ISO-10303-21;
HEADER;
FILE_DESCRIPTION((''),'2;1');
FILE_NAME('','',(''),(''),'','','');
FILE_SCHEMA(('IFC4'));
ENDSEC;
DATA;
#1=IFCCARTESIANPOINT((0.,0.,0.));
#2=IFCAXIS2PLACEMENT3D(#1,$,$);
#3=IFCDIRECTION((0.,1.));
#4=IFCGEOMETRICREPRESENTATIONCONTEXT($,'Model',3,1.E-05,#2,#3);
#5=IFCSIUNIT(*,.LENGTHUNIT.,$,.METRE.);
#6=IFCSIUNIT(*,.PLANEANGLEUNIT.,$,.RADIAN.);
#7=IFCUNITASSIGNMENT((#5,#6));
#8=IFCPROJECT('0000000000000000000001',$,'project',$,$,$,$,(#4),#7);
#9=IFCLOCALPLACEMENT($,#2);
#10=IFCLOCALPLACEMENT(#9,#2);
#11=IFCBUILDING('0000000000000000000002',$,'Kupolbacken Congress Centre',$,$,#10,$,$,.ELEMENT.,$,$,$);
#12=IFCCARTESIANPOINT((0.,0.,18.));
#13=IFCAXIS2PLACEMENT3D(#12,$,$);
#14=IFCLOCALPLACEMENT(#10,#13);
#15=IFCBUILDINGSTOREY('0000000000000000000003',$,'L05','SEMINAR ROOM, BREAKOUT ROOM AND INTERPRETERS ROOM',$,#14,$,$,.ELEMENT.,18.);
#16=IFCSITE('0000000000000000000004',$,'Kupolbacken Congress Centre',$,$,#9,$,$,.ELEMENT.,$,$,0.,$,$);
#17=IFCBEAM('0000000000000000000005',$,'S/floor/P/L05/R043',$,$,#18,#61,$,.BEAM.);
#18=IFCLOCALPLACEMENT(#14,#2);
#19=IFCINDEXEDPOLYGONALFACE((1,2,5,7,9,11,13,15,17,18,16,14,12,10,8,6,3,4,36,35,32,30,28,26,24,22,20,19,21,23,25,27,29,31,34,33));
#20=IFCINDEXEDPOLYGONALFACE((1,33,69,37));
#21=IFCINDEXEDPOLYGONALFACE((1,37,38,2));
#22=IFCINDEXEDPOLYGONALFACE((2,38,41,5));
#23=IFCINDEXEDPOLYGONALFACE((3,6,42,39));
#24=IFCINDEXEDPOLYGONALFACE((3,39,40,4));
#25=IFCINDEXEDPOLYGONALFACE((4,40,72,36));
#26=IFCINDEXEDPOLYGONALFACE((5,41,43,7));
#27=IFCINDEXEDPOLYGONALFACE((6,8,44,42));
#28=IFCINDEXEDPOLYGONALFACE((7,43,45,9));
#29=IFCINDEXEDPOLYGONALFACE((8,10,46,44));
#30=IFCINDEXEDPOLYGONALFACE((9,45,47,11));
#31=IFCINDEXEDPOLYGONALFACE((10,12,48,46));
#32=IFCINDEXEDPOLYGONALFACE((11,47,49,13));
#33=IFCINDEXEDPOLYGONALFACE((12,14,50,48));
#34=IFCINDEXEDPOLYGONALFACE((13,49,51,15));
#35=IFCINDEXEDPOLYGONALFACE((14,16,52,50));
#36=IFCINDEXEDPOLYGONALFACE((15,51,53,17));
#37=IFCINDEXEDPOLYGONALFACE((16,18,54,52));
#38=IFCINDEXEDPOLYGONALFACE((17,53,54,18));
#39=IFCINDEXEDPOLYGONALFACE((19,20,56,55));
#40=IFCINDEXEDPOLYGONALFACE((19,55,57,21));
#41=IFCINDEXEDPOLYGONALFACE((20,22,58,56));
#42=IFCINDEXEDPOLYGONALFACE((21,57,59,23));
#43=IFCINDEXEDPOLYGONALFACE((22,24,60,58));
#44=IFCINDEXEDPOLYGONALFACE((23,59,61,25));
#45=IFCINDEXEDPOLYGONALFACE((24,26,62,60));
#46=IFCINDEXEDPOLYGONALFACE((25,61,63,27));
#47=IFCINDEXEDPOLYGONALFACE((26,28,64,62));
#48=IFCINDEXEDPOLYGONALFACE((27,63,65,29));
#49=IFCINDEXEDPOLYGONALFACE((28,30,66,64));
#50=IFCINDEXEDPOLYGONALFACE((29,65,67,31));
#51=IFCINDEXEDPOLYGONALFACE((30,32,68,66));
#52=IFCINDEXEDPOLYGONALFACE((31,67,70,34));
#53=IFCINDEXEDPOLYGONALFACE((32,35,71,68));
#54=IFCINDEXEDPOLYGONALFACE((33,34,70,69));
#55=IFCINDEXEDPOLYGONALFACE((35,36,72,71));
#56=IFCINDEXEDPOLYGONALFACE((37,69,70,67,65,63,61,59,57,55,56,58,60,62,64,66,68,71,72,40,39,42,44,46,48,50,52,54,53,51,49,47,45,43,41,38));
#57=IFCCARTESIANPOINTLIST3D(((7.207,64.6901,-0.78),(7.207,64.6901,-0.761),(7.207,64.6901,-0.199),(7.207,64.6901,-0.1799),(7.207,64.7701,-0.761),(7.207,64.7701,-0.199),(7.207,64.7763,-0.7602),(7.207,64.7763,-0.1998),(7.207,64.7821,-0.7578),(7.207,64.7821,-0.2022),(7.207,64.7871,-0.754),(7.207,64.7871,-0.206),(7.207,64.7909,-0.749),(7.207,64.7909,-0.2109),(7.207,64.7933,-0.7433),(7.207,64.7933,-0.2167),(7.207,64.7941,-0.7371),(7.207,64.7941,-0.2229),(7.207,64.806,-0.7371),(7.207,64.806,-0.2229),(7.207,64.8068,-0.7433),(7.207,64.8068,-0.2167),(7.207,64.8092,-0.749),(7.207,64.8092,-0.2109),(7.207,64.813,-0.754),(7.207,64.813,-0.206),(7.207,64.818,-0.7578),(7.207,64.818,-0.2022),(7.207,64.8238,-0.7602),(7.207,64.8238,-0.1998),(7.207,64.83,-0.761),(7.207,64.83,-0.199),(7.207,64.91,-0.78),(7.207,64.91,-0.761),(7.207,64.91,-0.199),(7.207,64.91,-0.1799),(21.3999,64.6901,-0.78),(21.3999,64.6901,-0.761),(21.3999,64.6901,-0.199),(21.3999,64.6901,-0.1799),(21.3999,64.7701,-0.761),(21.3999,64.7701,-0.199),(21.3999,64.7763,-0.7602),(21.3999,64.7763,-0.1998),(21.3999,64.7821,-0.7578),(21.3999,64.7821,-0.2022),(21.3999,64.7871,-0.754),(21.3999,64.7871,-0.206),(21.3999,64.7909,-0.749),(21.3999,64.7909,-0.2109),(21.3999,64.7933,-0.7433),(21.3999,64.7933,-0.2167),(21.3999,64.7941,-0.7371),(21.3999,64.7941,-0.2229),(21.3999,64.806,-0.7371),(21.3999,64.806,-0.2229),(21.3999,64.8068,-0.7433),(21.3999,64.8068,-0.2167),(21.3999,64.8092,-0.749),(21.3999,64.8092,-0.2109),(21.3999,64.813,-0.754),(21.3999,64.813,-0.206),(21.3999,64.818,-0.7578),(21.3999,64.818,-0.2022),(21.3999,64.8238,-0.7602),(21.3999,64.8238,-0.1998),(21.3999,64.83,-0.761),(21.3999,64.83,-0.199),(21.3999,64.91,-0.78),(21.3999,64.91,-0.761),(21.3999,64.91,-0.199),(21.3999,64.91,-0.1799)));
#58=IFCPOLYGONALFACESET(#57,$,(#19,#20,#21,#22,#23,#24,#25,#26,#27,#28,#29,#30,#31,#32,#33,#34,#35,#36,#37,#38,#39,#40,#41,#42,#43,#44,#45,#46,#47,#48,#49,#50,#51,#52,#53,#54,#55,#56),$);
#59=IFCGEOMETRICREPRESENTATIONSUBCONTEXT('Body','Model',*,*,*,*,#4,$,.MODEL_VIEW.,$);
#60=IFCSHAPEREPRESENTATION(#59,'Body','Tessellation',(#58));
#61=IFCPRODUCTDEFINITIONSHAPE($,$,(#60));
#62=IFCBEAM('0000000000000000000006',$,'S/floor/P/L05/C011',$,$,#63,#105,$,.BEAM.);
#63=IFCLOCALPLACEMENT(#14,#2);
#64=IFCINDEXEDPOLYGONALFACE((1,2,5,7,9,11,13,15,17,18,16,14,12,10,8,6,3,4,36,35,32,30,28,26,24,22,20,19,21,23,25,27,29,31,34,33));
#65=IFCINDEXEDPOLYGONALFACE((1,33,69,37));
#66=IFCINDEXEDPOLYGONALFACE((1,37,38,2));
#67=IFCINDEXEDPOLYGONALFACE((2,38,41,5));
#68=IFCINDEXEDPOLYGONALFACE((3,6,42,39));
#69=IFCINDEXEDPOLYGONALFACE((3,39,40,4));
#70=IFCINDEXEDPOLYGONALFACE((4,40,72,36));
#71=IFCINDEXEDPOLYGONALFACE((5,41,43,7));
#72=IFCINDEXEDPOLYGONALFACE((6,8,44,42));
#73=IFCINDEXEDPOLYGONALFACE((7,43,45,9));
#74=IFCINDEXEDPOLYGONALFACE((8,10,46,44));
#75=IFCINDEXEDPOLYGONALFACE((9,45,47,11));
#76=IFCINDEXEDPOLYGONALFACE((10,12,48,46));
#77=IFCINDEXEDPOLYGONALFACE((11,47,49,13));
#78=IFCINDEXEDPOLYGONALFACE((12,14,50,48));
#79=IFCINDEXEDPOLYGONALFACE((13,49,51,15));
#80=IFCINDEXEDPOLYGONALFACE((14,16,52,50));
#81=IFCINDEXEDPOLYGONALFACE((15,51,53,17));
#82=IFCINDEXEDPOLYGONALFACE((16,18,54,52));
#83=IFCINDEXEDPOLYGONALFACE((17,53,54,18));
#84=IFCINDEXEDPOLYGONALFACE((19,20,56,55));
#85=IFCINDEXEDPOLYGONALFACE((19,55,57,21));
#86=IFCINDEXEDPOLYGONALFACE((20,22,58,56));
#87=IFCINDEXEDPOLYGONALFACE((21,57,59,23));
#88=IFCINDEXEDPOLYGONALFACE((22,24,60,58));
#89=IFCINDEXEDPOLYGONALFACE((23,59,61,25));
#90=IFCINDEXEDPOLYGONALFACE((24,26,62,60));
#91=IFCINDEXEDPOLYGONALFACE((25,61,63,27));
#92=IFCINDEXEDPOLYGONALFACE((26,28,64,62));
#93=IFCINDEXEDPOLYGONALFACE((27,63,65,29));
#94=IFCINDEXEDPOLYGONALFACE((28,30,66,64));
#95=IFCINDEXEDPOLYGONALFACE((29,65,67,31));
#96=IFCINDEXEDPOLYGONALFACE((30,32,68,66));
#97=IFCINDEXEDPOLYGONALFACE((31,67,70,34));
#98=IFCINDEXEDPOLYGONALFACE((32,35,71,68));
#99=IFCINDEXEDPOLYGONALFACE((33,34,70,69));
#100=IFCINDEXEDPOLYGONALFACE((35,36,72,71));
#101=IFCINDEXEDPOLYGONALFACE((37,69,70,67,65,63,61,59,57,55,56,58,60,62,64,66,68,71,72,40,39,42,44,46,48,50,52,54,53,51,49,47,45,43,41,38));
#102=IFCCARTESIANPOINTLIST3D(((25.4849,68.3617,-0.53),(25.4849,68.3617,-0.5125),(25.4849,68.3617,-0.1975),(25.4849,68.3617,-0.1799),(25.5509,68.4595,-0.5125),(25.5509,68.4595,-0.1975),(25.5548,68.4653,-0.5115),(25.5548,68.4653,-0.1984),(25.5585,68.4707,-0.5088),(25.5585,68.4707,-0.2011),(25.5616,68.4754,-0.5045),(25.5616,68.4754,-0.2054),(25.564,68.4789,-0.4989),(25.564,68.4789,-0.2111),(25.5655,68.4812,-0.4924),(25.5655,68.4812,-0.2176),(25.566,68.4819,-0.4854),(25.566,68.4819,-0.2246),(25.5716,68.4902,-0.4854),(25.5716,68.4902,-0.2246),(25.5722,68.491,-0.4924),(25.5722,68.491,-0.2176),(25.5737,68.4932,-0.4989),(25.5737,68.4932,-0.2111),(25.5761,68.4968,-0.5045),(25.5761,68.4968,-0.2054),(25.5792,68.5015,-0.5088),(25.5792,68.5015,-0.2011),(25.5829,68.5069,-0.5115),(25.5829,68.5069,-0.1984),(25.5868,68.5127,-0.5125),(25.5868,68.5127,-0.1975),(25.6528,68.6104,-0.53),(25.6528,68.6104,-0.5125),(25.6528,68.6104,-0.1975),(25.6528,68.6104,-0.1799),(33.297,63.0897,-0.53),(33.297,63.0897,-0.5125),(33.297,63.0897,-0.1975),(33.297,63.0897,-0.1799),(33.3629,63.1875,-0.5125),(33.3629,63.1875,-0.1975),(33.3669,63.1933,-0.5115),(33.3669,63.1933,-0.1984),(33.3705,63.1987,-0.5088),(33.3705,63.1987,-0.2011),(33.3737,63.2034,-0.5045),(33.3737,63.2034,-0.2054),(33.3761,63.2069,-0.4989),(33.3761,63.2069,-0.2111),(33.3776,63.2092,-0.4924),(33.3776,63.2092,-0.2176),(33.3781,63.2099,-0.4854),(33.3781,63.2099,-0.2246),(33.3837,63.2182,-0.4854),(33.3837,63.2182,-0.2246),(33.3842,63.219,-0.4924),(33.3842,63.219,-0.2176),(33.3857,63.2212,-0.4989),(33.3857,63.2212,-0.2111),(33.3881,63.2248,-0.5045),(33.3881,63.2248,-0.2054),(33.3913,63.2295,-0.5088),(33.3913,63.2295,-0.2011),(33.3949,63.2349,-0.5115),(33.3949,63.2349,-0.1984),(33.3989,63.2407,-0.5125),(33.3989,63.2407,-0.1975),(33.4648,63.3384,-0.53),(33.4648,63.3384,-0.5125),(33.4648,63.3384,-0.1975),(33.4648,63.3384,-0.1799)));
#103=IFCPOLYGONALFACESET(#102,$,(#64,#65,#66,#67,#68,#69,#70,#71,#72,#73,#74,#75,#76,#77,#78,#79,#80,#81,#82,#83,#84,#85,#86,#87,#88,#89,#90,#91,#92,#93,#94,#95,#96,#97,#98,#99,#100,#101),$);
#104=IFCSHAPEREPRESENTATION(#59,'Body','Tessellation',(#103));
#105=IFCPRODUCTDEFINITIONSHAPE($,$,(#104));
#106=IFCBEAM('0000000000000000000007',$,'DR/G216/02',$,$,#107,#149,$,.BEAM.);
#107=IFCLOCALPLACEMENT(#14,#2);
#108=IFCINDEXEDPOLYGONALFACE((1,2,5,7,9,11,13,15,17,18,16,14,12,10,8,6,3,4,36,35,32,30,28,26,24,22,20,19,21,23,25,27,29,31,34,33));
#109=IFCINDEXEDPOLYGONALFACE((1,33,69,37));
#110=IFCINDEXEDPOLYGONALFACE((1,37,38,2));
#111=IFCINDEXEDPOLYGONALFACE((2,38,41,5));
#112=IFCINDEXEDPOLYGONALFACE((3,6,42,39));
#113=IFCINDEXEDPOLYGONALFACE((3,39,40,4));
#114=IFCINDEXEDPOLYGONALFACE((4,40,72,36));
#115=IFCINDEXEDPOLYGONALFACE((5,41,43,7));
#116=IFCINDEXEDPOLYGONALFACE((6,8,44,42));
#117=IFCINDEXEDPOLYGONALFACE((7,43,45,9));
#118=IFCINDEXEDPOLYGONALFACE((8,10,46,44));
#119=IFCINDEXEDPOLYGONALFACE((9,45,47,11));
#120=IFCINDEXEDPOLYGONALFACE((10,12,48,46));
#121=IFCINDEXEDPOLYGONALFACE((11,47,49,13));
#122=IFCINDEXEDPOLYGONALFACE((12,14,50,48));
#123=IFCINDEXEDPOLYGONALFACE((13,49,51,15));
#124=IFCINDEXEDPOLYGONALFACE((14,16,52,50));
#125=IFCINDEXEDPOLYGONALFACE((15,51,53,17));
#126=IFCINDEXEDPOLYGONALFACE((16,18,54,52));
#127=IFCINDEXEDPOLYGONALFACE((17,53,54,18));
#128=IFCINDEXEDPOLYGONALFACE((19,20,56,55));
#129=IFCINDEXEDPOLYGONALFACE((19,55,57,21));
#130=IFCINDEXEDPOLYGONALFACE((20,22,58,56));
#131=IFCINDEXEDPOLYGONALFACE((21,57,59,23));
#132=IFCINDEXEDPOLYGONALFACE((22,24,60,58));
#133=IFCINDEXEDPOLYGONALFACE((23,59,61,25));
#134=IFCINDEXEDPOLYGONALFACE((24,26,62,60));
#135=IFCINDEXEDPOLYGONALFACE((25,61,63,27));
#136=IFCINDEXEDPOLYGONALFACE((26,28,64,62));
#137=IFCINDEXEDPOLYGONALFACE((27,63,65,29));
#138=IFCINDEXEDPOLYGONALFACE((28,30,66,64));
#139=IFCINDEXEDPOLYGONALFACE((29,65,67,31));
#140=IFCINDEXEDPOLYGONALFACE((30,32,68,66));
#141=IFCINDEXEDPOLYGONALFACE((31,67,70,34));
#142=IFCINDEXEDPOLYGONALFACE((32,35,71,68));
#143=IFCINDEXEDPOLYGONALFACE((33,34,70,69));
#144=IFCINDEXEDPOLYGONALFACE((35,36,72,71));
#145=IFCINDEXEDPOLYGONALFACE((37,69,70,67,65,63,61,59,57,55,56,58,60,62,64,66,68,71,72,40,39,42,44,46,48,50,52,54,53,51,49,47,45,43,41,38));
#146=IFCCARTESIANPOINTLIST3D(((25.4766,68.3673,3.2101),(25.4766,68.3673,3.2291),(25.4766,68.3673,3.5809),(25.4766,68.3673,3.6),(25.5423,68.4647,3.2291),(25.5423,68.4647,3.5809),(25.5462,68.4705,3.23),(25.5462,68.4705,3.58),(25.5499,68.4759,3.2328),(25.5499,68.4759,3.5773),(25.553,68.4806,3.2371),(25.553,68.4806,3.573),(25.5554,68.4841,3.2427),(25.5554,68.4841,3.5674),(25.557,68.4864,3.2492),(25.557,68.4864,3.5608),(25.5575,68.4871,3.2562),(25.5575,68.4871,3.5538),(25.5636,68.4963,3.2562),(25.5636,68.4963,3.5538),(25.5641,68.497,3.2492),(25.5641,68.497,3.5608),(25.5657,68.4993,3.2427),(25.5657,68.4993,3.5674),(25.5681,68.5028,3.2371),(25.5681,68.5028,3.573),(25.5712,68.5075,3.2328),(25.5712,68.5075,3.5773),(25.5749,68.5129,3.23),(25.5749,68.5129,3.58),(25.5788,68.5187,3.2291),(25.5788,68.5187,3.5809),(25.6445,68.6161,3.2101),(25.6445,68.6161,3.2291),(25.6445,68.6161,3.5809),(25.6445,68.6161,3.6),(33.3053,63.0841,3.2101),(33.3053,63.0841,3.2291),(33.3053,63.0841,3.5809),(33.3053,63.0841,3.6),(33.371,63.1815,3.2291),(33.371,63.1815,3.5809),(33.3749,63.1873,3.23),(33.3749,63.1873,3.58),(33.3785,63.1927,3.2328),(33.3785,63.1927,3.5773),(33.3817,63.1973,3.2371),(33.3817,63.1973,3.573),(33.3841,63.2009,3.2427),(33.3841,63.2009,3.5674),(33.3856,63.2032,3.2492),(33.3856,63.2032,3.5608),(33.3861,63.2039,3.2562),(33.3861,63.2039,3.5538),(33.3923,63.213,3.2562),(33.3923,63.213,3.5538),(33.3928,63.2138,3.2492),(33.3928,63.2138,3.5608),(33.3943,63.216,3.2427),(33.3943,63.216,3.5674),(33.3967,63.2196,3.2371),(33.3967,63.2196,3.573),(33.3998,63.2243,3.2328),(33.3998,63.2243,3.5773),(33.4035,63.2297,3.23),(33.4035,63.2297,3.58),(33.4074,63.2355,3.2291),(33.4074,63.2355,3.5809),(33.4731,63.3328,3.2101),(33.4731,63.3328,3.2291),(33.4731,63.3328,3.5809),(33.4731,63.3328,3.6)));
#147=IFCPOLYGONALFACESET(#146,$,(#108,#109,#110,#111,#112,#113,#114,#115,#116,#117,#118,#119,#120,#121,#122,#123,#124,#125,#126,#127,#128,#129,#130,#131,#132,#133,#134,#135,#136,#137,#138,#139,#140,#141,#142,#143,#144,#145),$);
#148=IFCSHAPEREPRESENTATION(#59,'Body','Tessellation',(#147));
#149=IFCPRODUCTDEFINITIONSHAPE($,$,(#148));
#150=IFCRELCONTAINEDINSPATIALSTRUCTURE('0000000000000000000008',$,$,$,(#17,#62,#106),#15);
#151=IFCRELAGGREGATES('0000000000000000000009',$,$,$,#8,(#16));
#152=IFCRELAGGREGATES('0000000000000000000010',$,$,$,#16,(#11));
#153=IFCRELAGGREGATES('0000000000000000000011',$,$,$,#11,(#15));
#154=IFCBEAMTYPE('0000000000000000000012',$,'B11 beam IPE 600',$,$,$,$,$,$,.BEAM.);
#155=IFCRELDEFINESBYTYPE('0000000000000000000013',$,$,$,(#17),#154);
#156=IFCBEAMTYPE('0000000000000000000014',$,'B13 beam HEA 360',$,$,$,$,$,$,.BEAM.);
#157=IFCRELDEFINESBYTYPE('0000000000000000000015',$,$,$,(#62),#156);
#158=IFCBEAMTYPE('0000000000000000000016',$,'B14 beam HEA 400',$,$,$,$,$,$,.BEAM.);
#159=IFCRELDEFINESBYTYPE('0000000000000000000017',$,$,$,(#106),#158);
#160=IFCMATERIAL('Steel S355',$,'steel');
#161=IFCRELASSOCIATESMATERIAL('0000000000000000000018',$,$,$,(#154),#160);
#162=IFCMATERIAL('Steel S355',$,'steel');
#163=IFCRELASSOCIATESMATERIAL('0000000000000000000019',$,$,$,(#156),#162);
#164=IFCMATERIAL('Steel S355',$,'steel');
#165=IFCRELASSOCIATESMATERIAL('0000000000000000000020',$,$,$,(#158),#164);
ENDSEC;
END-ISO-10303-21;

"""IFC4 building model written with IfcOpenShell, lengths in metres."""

from ifc_helpers import new_model, si_unit, direction, frame, origin, origin_2d, place, context, subcontext, project, spatial, i_section, extrude, material, material_profile, profile_set, type_object, element, save


model = new_model("IFC4")

# Units and contexts
model_context = context("Model", 3, precision=1e-05, world=origin(), true_north=direction((0.0, 1.0)))
body_context = subcontext(model_context, "Body", "Model", "MODEL_VIEW")
ifc_project = project(units=[si_unit("LENGTHUNIT", "METRE"), si_unit("PLANEANGLEUNIT", "RADIAN")], contexts=[model_context])

# Site, building, storey
site_placement = place(None, origin())
site = spatial("IfcSite", under=ifc_project, at=site_placement, Name="Kupolbacken Congress Centre", CompositionType="ELEMENT", RefElevation=0.0)
building_placement = place(site_placement, origin())
building = spatial("IfcBuilding", under=site, at=building_placement, Name="Kupolbacken Congress Centre", CompositionType="ELEMENT")
storey_placement = place(building_placement, frame((0.0, 0.0, 18.0)))
storey = spatial("IfcBuildingStorey", under=building, at=storey_placement, Name="L05", Description="SEMINAR ROOM, BREAKOUT ROOM AND INTERPRETERS ROOM", CompositionType="ELEMENT", Elevation=18.0)

# Beams
ifc_material_1 = material(Name="Steel S355", Category="steel")
ifc_material_profile_1 = material_profile(ifc_material_1, i_section(OverallWidth=0.22, OverallDepth=0.6001, WebThickness=0.012, FlangeThickness=0.019, FilletRadius=0.0239, at=origin_2d()), Name="IPE 600")
ifc_profile_set_1 = profile_set([ifc_material_profile_1], Name="Steel S355")
beam_type_1 = type_object("IfcBeamType", Name="B11 beam IPE 600", PredefinedType="BEAM", material=ifc_profile_set_1)
beam_1_placement = place(storey_placement, frame((7.207, 64.8, -0.48), z_axis=(1.0, 0.0, 0.0), x_axis=(0.0, 1.0, 0.0)))
element("IfcBeam", 1, at=beam_1_placement, inside=storey, type_object=beam_type_1, Name="S/floor/P/L05/R043", PredefinedType="BEAM", context=body_context, shape_type="SweptSolid", body=[
    extrude(i_section(OverallWidth=0.22, OverallDepth=0.6001, WebThickness=0.012, FlangeThickness=0.019, FilletRadius=0.0239, at=origin_2d()), origin(), (0.0, 0.0, 1.0), 14.1929),
])
ifc_material_2 = material(Name="Steel S355", Category="steel")
ifc_material_profile_2 = material_profile(ifc_material_2, i_section(OverallWidth=0.3, OverallDepth=0.3501, WebThickness=0.01, FlangeThickness=0.0176, FilletRadius=0.0271, at=origin_2d()), Name="HEA 360")
ifc_profile_set_2 = profile_set([ifc_material_profile_2], Name="Steel S355")
beam_type_2 = type_object("IfcBeamType", Name="B13 beam HEA 360", PredefinedType="BEAM", material=ifc_profile_set_2)
beam_2_placement = place(storey_placement, frame((25.5688, 68.4861, -0.355), z_axis=(0.828905, -0.55939, 0.0), x_axis=(0.55939, 0.828905, 0.0)))
element("IfcBeam", 2, at=beam_2_placement, inside=storey, type_object=beam_type_2, Name="S/floor/P/L05/C011", PredefinedType="BEAM", context=body_context, shape_type="SweptSolid", body=[
    extrude(i_section(OverallWidth=0.3, OverallDepth=0.3501, WebThickness=0.01, FlangeThickness=0.0176, FilletRadius=0.0271, at=origin_2d()), origin(), (0.0, 0.0, 1.0), 9.4246),
])
ifc_material_3 = material(Name="Steel S355", Category="steel")
ifc_material_profile_3 = material_profile(ifc_material_3, i_section(OverallWidth=0.3, OverallDepth=0.3899, WebThickness=0.011, FlangeThickness=0.019, FilletRadius=0.0271, at=origin_2d()), Name="HEA 400")
ifc_profile_set_3 = profile_set([ifc_material_profile_3], Name="Steel S355")
beam_type_3 = type_object("IfcBeamType", Name="B14 beam HEA 400", PredefinedType="BEAM", material=ifc_profile_set_3)
beam_3_placement = place(storey_placement, frame((25.5605, 68.4917, 3.405), z_axis=(0.828903, -0.559392, 0.0), x_axis=(0.559392, 0.828903, 0.0)))
element("IfcBeam", 3, at=beam_3_placement, inside=storey, type_object=beam_type_3, Name="DR/G216/02", PredefinedType="BEAM", context=body_context, shape_type="SweptSolid", body=[
    extrude(i_section(OverallWidth=0.3, OverallDepth=0.3899, WebThickness=0.011, FlangeThickness=0.019, FilletRadius=0.0271, at=origin_2d()), origin(), (0.0, 0.0, 1.0), 9.4446),
])

save(model, "model.ifc")
